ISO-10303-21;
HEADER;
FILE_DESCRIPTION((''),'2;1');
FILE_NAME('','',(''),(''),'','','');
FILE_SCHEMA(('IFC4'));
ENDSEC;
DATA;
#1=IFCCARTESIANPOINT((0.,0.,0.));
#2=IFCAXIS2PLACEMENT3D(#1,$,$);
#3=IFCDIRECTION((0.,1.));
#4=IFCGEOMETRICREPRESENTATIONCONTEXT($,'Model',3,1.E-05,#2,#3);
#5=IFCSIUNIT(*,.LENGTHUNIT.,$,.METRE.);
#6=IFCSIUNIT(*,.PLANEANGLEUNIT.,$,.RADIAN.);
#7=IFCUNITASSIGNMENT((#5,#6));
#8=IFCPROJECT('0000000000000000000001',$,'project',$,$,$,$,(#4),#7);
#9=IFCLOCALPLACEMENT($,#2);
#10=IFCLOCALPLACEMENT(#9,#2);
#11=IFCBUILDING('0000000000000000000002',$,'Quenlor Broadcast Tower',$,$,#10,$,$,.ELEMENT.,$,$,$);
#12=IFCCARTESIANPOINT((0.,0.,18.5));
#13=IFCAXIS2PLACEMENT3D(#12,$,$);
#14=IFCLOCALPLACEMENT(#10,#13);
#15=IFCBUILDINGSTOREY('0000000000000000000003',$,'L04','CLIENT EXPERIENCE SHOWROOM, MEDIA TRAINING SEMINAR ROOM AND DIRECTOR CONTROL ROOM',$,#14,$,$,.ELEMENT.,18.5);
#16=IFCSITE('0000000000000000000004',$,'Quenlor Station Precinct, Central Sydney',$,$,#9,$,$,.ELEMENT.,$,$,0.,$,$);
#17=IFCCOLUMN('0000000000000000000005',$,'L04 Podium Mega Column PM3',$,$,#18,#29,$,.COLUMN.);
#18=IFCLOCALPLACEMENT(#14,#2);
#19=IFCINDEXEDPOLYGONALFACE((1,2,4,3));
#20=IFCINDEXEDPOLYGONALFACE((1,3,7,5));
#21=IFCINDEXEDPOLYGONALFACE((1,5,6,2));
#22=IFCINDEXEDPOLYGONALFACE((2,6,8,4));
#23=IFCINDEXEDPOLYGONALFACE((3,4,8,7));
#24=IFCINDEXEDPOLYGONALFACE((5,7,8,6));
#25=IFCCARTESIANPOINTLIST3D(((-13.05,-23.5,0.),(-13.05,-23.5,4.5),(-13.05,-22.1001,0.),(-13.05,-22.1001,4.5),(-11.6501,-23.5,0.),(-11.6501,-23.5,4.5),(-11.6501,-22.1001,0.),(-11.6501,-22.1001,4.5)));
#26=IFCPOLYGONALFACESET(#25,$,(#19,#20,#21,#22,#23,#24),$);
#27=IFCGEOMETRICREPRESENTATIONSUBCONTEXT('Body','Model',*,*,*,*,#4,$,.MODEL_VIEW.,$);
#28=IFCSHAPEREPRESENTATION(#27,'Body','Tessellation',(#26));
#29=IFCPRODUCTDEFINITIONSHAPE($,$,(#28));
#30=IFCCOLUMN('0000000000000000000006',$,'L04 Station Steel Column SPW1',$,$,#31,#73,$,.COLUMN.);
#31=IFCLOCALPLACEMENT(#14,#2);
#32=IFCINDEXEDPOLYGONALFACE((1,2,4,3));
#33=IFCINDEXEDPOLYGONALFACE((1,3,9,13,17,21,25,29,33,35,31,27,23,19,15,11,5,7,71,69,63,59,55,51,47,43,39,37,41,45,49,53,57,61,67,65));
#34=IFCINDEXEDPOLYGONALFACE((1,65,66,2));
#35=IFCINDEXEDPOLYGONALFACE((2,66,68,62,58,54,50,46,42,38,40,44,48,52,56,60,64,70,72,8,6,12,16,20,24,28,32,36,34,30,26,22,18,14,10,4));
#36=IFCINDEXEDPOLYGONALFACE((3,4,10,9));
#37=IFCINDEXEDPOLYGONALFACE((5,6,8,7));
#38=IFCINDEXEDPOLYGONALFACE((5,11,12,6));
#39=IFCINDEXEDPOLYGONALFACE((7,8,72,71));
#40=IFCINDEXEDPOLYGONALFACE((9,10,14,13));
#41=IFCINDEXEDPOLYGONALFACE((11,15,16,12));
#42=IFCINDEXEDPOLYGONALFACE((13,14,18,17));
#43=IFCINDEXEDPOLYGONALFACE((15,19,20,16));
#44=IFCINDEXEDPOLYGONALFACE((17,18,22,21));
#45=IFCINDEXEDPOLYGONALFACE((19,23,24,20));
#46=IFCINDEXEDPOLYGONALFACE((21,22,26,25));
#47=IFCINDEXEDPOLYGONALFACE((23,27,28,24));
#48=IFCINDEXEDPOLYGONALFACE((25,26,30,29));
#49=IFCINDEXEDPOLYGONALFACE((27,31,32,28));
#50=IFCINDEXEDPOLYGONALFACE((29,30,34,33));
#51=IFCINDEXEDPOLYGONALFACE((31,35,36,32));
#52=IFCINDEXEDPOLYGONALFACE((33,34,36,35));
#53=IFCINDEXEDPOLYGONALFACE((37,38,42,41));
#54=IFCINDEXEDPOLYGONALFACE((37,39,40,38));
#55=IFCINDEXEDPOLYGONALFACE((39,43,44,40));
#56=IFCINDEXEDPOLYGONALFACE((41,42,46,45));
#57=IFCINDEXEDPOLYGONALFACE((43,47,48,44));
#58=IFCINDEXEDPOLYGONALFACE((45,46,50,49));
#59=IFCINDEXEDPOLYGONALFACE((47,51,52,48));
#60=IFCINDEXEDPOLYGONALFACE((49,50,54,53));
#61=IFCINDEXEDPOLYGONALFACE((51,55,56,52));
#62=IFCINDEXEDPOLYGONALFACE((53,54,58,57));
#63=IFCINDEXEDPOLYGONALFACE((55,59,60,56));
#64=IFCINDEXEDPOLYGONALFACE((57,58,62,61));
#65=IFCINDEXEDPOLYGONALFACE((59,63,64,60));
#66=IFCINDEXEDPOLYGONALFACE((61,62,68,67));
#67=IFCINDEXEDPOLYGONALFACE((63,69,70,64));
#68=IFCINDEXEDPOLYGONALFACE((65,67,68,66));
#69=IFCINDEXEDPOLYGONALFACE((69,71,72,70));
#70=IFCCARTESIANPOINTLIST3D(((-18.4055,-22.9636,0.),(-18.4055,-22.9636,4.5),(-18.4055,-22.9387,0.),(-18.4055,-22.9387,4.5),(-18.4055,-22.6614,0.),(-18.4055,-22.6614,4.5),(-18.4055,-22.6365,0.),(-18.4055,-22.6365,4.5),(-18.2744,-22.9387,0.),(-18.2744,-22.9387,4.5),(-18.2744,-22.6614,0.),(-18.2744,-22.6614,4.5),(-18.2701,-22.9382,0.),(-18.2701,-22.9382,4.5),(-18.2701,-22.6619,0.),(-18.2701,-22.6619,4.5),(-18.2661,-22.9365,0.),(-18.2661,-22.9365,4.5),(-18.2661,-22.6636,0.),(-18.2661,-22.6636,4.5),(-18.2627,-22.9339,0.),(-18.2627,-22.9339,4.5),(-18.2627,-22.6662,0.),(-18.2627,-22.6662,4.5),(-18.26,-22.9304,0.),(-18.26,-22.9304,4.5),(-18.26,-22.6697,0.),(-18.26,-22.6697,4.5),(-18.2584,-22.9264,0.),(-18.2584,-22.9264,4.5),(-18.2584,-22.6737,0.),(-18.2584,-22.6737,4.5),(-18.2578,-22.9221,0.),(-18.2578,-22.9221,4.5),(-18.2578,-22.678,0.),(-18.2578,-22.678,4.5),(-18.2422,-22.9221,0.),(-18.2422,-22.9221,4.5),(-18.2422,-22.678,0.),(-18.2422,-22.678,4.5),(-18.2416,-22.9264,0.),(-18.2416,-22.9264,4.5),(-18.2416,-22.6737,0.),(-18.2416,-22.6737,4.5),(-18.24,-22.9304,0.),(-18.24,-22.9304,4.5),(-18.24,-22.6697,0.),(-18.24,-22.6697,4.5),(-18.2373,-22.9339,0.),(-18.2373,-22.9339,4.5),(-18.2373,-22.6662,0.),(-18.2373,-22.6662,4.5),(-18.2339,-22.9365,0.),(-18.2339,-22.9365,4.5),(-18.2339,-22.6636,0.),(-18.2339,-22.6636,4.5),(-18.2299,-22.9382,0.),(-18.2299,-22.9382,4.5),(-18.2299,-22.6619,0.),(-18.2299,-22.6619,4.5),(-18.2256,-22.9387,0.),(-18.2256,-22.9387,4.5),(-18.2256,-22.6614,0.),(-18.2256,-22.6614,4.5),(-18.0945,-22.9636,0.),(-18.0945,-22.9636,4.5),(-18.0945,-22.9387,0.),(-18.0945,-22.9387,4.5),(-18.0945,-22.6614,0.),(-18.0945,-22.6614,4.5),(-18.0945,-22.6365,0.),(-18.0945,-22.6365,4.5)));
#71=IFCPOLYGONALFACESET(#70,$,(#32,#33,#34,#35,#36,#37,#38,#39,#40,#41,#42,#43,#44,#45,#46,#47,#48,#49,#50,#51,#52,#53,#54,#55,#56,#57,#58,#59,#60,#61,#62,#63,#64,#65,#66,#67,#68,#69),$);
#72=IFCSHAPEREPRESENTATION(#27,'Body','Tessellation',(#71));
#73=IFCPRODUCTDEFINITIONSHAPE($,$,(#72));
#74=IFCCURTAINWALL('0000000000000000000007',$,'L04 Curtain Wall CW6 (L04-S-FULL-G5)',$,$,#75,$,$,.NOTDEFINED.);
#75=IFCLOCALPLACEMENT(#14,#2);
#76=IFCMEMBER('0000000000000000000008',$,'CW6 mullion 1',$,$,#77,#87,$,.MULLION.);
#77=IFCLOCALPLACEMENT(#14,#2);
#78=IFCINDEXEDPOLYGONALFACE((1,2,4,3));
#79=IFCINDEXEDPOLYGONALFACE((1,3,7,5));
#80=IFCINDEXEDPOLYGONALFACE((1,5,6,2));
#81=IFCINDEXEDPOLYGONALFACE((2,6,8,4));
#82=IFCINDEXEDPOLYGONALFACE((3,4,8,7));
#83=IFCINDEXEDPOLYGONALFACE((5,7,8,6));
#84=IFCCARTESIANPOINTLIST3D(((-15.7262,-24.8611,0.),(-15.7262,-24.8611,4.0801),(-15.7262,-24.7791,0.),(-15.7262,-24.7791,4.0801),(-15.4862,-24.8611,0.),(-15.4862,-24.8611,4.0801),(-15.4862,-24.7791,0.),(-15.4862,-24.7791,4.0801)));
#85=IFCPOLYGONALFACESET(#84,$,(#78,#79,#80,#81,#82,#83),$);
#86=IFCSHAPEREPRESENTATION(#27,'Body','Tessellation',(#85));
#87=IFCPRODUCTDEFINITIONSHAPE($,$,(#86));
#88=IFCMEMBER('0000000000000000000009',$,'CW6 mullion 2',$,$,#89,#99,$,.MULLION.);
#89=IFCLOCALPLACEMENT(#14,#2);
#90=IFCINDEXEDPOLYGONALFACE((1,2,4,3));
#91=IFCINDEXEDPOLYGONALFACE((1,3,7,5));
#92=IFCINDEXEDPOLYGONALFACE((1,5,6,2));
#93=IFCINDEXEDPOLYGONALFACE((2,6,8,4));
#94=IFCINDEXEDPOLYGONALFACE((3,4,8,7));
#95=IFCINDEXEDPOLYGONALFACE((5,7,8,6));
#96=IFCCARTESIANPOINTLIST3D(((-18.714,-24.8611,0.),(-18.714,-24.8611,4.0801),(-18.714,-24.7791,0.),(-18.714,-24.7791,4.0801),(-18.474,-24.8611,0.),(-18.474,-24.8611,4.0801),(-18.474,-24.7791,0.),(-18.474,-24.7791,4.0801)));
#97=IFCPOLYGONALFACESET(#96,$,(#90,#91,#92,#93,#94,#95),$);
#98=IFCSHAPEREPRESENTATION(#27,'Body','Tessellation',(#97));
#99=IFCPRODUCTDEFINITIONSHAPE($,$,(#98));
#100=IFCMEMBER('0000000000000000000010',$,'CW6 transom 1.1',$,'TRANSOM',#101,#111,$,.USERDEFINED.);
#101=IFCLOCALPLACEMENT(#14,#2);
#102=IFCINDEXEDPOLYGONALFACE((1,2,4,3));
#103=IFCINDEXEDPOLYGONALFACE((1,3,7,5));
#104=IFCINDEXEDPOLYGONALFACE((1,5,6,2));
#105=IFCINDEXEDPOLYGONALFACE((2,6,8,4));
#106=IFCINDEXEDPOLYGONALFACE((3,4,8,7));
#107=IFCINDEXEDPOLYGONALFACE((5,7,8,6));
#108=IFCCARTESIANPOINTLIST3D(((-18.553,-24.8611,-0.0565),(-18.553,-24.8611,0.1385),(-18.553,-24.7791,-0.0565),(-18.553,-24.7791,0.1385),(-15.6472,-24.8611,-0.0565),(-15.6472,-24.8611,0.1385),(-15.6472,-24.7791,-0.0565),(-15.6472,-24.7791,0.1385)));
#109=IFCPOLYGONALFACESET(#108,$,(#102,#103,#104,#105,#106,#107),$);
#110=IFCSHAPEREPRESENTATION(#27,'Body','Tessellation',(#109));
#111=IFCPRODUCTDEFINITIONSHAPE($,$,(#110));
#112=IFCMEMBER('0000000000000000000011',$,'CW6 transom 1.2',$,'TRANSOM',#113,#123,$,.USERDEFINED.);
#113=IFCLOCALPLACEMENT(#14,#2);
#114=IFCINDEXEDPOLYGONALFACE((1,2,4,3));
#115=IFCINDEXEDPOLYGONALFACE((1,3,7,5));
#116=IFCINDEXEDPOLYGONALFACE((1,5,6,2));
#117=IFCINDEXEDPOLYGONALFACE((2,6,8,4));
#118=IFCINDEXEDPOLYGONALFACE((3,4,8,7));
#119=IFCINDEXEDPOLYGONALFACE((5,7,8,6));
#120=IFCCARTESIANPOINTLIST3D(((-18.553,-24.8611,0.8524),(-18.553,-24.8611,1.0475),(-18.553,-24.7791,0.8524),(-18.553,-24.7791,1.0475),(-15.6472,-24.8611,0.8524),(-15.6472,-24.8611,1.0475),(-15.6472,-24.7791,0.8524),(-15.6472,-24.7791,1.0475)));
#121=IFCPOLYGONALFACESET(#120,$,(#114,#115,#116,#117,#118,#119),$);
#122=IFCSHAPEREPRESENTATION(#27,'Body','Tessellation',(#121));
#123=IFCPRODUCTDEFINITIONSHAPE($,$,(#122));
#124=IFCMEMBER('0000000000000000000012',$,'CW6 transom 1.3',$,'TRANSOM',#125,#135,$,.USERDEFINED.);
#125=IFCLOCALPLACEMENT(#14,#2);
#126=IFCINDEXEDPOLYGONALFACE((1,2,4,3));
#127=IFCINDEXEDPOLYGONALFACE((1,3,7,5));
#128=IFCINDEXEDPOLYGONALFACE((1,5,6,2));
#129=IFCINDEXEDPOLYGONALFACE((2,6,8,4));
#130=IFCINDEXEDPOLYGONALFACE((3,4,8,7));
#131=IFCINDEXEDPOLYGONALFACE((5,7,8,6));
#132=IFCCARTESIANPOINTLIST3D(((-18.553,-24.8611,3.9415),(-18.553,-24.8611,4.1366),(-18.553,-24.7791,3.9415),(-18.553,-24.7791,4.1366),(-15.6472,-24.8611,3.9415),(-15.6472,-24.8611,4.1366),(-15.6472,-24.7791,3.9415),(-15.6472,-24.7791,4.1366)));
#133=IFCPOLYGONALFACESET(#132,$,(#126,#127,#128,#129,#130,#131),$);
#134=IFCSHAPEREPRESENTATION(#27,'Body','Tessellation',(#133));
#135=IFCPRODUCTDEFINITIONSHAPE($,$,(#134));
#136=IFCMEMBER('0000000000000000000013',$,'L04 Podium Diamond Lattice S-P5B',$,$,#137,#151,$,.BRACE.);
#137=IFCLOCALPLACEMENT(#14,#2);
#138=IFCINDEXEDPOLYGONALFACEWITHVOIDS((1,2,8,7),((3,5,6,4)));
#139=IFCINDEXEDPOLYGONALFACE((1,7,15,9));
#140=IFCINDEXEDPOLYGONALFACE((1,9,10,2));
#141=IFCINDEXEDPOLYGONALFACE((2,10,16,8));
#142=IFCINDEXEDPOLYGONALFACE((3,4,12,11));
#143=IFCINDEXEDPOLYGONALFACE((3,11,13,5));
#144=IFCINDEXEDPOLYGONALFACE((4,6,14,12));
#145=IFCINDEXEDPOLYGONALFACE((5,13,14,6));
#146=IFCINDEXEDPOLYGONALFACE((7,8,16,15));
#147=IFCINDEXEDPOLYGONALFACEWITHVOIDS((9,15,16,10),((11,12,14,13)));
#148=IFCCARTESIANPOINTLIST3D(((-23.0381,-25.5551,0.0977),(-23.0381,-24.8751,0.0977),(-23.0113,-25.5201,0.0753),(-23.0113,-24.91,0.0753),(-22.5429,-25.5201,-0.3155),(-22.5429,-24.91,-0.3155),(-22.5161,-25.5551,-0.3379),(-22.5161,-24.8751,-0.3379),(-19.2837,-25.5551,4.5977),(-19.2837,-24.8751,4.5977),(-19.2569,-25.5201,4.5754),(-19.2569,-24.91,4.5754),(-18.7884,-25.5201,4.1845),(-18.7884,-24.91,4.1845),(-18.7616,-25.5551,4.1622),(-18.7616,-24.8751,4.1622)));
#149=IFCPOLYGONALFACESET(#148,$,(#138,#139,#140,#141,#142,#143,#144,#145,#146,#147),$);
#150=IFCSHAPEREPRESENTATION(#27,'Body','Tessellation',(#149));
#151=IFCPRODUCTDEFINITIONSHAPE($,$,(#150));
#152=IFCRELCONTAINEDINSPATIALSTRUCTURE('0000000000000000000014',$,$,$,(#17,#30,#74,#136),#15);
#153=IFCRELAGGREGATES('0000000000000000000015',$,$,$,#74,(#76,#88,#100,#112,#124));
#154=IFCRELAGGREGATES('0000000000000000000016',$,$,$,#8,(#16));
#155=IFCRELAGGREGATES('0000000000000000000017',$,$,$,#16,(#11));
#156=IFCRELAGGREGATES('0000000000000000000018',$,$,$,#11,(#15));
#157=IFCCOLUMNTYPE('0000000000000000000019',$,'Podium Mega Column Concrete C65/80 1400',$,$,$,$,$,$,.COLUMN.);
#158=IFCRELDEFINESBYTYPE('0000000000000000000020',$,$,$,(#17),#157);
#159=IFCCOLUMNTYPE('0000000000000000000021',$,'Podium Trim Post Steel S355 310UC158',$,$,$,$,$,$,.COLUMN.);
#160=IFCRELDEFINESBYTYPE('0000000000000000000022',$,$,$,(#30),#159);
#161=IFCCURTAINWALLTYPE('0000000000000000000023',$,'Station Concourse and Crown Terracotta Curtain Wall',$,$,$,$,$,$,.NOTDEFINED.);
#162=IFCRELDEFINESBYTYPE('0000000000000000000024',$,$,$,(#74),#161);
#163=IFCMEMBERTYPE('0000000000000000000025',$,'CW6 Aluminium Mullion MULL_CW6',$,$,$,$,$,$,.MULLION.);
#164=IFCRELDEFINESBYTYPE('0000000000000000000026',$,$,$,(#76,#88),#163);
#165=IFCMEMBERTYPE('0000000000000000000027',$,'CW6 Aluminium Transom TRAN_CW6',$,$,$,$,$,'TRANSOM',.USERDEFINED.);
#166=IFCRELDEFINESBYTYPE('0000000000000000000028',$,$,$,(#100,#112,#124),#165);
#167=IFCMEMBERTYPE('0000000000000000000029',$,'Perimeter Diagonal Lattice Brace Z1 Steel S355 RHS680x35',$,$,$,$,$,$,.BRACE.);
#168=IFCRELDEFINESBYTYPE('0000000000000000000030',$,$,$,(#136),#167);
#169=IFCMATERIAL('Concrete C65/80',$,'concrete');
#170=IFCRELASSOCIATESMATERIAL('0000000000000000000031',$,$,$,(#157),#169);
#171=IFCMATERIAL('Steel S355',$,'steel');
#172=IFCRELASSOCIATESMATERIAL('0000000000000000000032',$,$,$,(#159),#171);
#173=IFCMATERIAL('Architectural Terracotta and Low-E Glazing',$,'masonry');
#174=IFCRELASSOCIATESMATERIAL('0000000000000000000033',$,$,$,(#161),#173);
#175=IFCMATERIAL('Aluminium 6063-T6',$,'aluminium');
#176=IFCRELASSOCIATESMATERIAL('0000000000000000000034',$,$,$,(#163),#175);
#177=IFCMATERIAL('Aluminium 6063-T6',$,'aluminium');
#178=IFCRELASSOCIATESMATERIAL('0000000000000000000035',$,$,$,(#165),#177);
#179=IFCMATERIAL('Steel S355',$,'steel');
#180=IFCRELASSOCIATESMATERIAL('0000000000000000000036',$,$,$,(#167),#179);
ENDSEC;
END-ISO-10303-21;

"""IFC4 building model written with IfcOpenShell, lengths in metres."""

from ifc_helpers import new_model, si_unit, direction, frame, origin, origin_2d, place, context, subcontext, project, spatial, rectangle, hollow_rectangle, i_section, extrude, material, material_profile, profile_set, type_object, element, aggregate, save


model = new_model("IFC4")

# Units and contexts
model_context = context("Model", 3, precision=1e-05, world=origin(), true_north=direction((0.0, 1.0)))
body_context = subcontext(model_context, "Body", "Model", "MODEL_VIEW")
ifc_project = project(units=[si_unit("LENGTHUNIT", "METRE"), si_unit("PLANEANGLEUNIT", "RADIAN")], contexts=[model_context])

# Site, building, storey
site_placement = place(None, origin())
site = spatial("IfcSite", under=ifc_project, at=site_placement, Name="Quenlor Station Precinct, Central Sydney", CompositionType="ELEMENT", RefElevation=0.0)
building_placement = place(site_placement, origin())
building = spatial("IfcBuilding", under=site, at=building_placement, Name="Quenlor Broadcast Tower", CompositionType="ELEMENT")
storey_placement = place(building_placement, frame((0.0, 0.0, 18.5)))
storey = spatial("IfcBuildingStorey", under=building, at=storey_placement, Name="L04", Description="CLIENT EXPERIENCE SHOWROOM, MEDIA TRAINING SEMINAR ROOM AND DIRECTOR CONTROL ROOM", CompositionType="ELEMENT", Elevation=18.5)

# Columns
ifc_material_1 = material(Name="Concrete C65/80", Category="concrete")
ifc_material_profile_1 = material_profile(ifc_material_1, rectangle(XDim=1.3999, YDim=1.3999, at=origin_2d()))
ifc_profile_set_1 = profile_set([ifc_material_profile_1], Name="Concrete C65/80 RC1400x1400")
column_type_1 = type_object("IfcColumnType", Name="Podium Mega Column Concrete C65/80 1400", PredefinedType="COLUMN", material=ifc_profile_set_1)
column_1_placement = place(storey_placement, frame((-12.3501, -22.8, 0.0), z_axis=(0.0, 0.0, 1.0), x_axis=(1.0, 0.0, 0.0)))
element("IfcColumn", 1, at=column_1_placement, inside=storey, type_object=column_type_1, Name="L04 Podium Mega Column PM3", PredefinedType="COLUMN", context=body_context, shape_type="SweptSolid", body=[
    extrude(rectangle(XDim=1.3999, YDim=1.3999, at=origin_2d()), origin(), (0.0, 0.0, 1.0), 4.5),
])
ifc_material_2 = material(Name="Steel S355", Category="steel")
ifc_material_profile_2 = material_profile(ifc_material_2, i_section(OverallWidth=0.311, OverallDepth=0.3271, WebThickness=0.0156, FlangeThickness=0.0249, FilletRadius=0.0166, at=origin_2d()))
ifc_profile_set_2 = profile_set([ifc_material_profile_2], Name="Steel S355 310UC158")
column_type_2 = type_object("IfcColumnType", Name="Podium Trim Post Steel S355 310UC158", PredefinedType="COLUMN", material=ifc_profile_set_2)
column_2_placement = place(storey_placement, frame((-18.25, -22.8, 0.0), z_axis=(0.0, 0.0, 1.0), x_axis=(1.0, 0.0, 0.0)))
element("IfcColumn", 2, at=column_2_placement, inside=storey, type_object=column_type_2, Name="L04 Station Steel Column SPW1", PredefinedType="COLUMN", context=body_context, shape_type="SweptSolid", body=[
    extrude(i_section(OverallWidth=0.311, OverallDepth=0.3271, WebThickness=0.0156, FlangeThickness=0.0249, FilletRadius=0.0166, at=origin_2d()), origin(), (0.0, 0.0, 1.0), 4.5),
])

# Curtain wall, members
ifc_material_3 = material(Name="Architectural Terracotta and Low-E Glazing", Category="masonry")
curtain_wall_type = type_object("IfcCurtainWallType", Name="Station Concourse and Crown Terracotta Curtain Wall", PredefinedType="NOTDEFINED", material=ifc_material_3)
curtain_wall_placement = place(storey_placement, origin())
curtain_wall = element("IfcCurtainWall", 3, at=curtain_wall_placement, inside=storey, type_object=curtain_wall_type, Name="L04 Curtain Wall CW6 (L04-S-FULL-G5)", PredefinedType="NOTDEFINED")
ifc_material_4 = material(Name="Aluminium 6063-T6", Category="aluminium")
ifc_material_profile_3 = material_profile(ifc_material_4, rectangle(XDim=0.082, YDim=0.24, at=origin_2d()))
ifc_profile_set_3 = profile_set([ifc_material_profile_3], Name="Aluminium 6063-T6 MULL82x240")
member_type_1 = type_object("IfcMemberType", Name="CW6 Aluminium Mullion MULL_CW6", PredefinedType="MULLION", material=ifc_profile_set_3)
member_1_placement = place(storey_placement, frame((-15.6062, -24.8201, 0.0), z_axis=(0.0, 0.0, 1.0), x_axis=(0.0, -1.0, 0.0)))
member_1 = element("IfcMember", 4, at=member_1_placement, type_object=member_type_1, Name="CW6 mullion 1", PredefinedType="MULLION", context=body_context, shape_type="SweptSolid", body=[
    extrude(rectangle(XDim=0.082, YDim=0.24, at=origin_2d()), origin(), (0.0, 0.0, 1.0), 4.0801),
])
member_2_placement = place(storey_placement, frame((-18.594, -24.8201, 0.0), z_axis=(0.0, 0.0, 1.0), x_axis=(0.0, -1.0, 0.0)))
member_2 = element("IfcMember", 5, at=member_2_placement, type_object=member_type_1, Name="CW6 mullion 2", PredefinedType="MULLION", context=body_context, shape_type="SweptSolid", body=[
    extrude(rectangle(XDim=0.082, YDim=0.24, at=origin_2d()), origin(), (0.0, 0.0, 1.0), 4.0801),
])
ifc_material_5 = material(Name="Aluminium 6063-T6", Category="aluminium")
ifc_material_profile_4 = material_profile(ifc_material_5, rectangle(XDim=0.082, YDim=0.1951, at=origin_2d()))
ifc_profile_set_4 = profile_set([ifc_material_profile_4], Name="Aluminium 6063-T6 TRAN82x195")
member_type_2 = type_object("IfcMemberType", Name="CW6 Aluminium Transom TRAN_CW6", ElementType="TRANSOM", PredefinedType="USERDEFINED", material=ifc_profile_set_4)
member_3_placement = place(storey_placement, frame((-15.6472, -24.8201, 0.041), z_axis=(-1.0, 0.0, 0.0), x_axis=(0.0, -1.0, 0.0)))
member_3 = element("IfcMember", 6, at=member_3_placement, type_object=member_type_2, Name="CW6 transom 1.1", ObjectType="TRANSOM", PredefinedType="USERDEFINED", context=body_context, shape_type="SweptSolid", body=[
    extrude(rectangle(XDim=0.082, YDim=0.1951, at=origin_2d()), origin(), (0.0, 0.0, 1.0), 2.9058),
])
member_4_placement = place(storey_placement, frame((-15.6472, -24.8201, 0.95), z_axis=(-1.0, 0.0, 0.0), x_axis=(0.0, -1.0, 0.0)))
member_4 = element("IfcMember", 7, at=member_4_placement, type_object=member_type_2, Name="CW6 transom 1.2", ObjectType="TRANSOM", PredefinedType="USERDEFINED", context=body_context, shape_type="SweptSolid", body=[
    extrude(rectangle(XDim=0.082, YDim=0.1951, at=origin_2d()), origin(), (0.0, 0.0, 1.0), 2.9058),
])
member_5_placement = place(storey_placement, frame((-15.6472, -24.8201, 4.0391), z_axis=(-1.0, 0.0, 0.0), x_axis=(0.0, -1.0, 0.0)))
member_5 = element("IfcMember", 8, at=member_5_placement, type_object=member_type_2, Name="CW6 transom 1.3", ObjectType="TRANSOM", PredefinedType="USERDEFINED", context=body_context, shape_type="SweptSolid", body=[
    extrude(rectangle(XDim=0.082, YDim=0.1951, at=origin_2d()), origin(), (0.0, 0.0, 1.0), 2.9058),
])

# Member
ifc_material_6 = material(Name="Steel S355", Category="steel")
ifc_material_profile_5 = material_profile(ifc_material_6, hollow_rectangle(XDim=0.6799, YDim=0.6799, WallThickness=0.0349, at=origin_2d()))
ifc_profile_set_5 = profile_set([ifc_material_profile_5], Name="Steel S355 RHS680x680x35")
member_type_3 = type_object("IfcMemberType", Name="Perimeter Diagonal Lattice Brace Z1 Steel S355 RHS680x35", PredefinedType="BRACE", material=ifc_profile_set_5)
member_6_placement = place(storey_placement, frame((-22.7771, -25.2151, -0.1201), z_axis=(0.640627, 0.0, 0.767852), x_axis=(0.0, 1.0, 0.0)))
element("IfcMember", 9, at=member_6_placement, inside=storey, type_object=member_type_3, Name="L04 Podium Diamond Lattice S-P5B", PredefinedType="BRACE", context=body_context, shape_type="SweptSolid", body=[
    extrude(hollow_rectangle(XDim=0.6799, YDim=0.6799, WallThickness=0.0349, at=origin_2d()), origin(), (0.0, 0.0, 1.0), 5.8606),
])

aggregate(curtain_wall, [member_1, member_2, member_3, member_4, member_5])

save(model, "model.ifc")
